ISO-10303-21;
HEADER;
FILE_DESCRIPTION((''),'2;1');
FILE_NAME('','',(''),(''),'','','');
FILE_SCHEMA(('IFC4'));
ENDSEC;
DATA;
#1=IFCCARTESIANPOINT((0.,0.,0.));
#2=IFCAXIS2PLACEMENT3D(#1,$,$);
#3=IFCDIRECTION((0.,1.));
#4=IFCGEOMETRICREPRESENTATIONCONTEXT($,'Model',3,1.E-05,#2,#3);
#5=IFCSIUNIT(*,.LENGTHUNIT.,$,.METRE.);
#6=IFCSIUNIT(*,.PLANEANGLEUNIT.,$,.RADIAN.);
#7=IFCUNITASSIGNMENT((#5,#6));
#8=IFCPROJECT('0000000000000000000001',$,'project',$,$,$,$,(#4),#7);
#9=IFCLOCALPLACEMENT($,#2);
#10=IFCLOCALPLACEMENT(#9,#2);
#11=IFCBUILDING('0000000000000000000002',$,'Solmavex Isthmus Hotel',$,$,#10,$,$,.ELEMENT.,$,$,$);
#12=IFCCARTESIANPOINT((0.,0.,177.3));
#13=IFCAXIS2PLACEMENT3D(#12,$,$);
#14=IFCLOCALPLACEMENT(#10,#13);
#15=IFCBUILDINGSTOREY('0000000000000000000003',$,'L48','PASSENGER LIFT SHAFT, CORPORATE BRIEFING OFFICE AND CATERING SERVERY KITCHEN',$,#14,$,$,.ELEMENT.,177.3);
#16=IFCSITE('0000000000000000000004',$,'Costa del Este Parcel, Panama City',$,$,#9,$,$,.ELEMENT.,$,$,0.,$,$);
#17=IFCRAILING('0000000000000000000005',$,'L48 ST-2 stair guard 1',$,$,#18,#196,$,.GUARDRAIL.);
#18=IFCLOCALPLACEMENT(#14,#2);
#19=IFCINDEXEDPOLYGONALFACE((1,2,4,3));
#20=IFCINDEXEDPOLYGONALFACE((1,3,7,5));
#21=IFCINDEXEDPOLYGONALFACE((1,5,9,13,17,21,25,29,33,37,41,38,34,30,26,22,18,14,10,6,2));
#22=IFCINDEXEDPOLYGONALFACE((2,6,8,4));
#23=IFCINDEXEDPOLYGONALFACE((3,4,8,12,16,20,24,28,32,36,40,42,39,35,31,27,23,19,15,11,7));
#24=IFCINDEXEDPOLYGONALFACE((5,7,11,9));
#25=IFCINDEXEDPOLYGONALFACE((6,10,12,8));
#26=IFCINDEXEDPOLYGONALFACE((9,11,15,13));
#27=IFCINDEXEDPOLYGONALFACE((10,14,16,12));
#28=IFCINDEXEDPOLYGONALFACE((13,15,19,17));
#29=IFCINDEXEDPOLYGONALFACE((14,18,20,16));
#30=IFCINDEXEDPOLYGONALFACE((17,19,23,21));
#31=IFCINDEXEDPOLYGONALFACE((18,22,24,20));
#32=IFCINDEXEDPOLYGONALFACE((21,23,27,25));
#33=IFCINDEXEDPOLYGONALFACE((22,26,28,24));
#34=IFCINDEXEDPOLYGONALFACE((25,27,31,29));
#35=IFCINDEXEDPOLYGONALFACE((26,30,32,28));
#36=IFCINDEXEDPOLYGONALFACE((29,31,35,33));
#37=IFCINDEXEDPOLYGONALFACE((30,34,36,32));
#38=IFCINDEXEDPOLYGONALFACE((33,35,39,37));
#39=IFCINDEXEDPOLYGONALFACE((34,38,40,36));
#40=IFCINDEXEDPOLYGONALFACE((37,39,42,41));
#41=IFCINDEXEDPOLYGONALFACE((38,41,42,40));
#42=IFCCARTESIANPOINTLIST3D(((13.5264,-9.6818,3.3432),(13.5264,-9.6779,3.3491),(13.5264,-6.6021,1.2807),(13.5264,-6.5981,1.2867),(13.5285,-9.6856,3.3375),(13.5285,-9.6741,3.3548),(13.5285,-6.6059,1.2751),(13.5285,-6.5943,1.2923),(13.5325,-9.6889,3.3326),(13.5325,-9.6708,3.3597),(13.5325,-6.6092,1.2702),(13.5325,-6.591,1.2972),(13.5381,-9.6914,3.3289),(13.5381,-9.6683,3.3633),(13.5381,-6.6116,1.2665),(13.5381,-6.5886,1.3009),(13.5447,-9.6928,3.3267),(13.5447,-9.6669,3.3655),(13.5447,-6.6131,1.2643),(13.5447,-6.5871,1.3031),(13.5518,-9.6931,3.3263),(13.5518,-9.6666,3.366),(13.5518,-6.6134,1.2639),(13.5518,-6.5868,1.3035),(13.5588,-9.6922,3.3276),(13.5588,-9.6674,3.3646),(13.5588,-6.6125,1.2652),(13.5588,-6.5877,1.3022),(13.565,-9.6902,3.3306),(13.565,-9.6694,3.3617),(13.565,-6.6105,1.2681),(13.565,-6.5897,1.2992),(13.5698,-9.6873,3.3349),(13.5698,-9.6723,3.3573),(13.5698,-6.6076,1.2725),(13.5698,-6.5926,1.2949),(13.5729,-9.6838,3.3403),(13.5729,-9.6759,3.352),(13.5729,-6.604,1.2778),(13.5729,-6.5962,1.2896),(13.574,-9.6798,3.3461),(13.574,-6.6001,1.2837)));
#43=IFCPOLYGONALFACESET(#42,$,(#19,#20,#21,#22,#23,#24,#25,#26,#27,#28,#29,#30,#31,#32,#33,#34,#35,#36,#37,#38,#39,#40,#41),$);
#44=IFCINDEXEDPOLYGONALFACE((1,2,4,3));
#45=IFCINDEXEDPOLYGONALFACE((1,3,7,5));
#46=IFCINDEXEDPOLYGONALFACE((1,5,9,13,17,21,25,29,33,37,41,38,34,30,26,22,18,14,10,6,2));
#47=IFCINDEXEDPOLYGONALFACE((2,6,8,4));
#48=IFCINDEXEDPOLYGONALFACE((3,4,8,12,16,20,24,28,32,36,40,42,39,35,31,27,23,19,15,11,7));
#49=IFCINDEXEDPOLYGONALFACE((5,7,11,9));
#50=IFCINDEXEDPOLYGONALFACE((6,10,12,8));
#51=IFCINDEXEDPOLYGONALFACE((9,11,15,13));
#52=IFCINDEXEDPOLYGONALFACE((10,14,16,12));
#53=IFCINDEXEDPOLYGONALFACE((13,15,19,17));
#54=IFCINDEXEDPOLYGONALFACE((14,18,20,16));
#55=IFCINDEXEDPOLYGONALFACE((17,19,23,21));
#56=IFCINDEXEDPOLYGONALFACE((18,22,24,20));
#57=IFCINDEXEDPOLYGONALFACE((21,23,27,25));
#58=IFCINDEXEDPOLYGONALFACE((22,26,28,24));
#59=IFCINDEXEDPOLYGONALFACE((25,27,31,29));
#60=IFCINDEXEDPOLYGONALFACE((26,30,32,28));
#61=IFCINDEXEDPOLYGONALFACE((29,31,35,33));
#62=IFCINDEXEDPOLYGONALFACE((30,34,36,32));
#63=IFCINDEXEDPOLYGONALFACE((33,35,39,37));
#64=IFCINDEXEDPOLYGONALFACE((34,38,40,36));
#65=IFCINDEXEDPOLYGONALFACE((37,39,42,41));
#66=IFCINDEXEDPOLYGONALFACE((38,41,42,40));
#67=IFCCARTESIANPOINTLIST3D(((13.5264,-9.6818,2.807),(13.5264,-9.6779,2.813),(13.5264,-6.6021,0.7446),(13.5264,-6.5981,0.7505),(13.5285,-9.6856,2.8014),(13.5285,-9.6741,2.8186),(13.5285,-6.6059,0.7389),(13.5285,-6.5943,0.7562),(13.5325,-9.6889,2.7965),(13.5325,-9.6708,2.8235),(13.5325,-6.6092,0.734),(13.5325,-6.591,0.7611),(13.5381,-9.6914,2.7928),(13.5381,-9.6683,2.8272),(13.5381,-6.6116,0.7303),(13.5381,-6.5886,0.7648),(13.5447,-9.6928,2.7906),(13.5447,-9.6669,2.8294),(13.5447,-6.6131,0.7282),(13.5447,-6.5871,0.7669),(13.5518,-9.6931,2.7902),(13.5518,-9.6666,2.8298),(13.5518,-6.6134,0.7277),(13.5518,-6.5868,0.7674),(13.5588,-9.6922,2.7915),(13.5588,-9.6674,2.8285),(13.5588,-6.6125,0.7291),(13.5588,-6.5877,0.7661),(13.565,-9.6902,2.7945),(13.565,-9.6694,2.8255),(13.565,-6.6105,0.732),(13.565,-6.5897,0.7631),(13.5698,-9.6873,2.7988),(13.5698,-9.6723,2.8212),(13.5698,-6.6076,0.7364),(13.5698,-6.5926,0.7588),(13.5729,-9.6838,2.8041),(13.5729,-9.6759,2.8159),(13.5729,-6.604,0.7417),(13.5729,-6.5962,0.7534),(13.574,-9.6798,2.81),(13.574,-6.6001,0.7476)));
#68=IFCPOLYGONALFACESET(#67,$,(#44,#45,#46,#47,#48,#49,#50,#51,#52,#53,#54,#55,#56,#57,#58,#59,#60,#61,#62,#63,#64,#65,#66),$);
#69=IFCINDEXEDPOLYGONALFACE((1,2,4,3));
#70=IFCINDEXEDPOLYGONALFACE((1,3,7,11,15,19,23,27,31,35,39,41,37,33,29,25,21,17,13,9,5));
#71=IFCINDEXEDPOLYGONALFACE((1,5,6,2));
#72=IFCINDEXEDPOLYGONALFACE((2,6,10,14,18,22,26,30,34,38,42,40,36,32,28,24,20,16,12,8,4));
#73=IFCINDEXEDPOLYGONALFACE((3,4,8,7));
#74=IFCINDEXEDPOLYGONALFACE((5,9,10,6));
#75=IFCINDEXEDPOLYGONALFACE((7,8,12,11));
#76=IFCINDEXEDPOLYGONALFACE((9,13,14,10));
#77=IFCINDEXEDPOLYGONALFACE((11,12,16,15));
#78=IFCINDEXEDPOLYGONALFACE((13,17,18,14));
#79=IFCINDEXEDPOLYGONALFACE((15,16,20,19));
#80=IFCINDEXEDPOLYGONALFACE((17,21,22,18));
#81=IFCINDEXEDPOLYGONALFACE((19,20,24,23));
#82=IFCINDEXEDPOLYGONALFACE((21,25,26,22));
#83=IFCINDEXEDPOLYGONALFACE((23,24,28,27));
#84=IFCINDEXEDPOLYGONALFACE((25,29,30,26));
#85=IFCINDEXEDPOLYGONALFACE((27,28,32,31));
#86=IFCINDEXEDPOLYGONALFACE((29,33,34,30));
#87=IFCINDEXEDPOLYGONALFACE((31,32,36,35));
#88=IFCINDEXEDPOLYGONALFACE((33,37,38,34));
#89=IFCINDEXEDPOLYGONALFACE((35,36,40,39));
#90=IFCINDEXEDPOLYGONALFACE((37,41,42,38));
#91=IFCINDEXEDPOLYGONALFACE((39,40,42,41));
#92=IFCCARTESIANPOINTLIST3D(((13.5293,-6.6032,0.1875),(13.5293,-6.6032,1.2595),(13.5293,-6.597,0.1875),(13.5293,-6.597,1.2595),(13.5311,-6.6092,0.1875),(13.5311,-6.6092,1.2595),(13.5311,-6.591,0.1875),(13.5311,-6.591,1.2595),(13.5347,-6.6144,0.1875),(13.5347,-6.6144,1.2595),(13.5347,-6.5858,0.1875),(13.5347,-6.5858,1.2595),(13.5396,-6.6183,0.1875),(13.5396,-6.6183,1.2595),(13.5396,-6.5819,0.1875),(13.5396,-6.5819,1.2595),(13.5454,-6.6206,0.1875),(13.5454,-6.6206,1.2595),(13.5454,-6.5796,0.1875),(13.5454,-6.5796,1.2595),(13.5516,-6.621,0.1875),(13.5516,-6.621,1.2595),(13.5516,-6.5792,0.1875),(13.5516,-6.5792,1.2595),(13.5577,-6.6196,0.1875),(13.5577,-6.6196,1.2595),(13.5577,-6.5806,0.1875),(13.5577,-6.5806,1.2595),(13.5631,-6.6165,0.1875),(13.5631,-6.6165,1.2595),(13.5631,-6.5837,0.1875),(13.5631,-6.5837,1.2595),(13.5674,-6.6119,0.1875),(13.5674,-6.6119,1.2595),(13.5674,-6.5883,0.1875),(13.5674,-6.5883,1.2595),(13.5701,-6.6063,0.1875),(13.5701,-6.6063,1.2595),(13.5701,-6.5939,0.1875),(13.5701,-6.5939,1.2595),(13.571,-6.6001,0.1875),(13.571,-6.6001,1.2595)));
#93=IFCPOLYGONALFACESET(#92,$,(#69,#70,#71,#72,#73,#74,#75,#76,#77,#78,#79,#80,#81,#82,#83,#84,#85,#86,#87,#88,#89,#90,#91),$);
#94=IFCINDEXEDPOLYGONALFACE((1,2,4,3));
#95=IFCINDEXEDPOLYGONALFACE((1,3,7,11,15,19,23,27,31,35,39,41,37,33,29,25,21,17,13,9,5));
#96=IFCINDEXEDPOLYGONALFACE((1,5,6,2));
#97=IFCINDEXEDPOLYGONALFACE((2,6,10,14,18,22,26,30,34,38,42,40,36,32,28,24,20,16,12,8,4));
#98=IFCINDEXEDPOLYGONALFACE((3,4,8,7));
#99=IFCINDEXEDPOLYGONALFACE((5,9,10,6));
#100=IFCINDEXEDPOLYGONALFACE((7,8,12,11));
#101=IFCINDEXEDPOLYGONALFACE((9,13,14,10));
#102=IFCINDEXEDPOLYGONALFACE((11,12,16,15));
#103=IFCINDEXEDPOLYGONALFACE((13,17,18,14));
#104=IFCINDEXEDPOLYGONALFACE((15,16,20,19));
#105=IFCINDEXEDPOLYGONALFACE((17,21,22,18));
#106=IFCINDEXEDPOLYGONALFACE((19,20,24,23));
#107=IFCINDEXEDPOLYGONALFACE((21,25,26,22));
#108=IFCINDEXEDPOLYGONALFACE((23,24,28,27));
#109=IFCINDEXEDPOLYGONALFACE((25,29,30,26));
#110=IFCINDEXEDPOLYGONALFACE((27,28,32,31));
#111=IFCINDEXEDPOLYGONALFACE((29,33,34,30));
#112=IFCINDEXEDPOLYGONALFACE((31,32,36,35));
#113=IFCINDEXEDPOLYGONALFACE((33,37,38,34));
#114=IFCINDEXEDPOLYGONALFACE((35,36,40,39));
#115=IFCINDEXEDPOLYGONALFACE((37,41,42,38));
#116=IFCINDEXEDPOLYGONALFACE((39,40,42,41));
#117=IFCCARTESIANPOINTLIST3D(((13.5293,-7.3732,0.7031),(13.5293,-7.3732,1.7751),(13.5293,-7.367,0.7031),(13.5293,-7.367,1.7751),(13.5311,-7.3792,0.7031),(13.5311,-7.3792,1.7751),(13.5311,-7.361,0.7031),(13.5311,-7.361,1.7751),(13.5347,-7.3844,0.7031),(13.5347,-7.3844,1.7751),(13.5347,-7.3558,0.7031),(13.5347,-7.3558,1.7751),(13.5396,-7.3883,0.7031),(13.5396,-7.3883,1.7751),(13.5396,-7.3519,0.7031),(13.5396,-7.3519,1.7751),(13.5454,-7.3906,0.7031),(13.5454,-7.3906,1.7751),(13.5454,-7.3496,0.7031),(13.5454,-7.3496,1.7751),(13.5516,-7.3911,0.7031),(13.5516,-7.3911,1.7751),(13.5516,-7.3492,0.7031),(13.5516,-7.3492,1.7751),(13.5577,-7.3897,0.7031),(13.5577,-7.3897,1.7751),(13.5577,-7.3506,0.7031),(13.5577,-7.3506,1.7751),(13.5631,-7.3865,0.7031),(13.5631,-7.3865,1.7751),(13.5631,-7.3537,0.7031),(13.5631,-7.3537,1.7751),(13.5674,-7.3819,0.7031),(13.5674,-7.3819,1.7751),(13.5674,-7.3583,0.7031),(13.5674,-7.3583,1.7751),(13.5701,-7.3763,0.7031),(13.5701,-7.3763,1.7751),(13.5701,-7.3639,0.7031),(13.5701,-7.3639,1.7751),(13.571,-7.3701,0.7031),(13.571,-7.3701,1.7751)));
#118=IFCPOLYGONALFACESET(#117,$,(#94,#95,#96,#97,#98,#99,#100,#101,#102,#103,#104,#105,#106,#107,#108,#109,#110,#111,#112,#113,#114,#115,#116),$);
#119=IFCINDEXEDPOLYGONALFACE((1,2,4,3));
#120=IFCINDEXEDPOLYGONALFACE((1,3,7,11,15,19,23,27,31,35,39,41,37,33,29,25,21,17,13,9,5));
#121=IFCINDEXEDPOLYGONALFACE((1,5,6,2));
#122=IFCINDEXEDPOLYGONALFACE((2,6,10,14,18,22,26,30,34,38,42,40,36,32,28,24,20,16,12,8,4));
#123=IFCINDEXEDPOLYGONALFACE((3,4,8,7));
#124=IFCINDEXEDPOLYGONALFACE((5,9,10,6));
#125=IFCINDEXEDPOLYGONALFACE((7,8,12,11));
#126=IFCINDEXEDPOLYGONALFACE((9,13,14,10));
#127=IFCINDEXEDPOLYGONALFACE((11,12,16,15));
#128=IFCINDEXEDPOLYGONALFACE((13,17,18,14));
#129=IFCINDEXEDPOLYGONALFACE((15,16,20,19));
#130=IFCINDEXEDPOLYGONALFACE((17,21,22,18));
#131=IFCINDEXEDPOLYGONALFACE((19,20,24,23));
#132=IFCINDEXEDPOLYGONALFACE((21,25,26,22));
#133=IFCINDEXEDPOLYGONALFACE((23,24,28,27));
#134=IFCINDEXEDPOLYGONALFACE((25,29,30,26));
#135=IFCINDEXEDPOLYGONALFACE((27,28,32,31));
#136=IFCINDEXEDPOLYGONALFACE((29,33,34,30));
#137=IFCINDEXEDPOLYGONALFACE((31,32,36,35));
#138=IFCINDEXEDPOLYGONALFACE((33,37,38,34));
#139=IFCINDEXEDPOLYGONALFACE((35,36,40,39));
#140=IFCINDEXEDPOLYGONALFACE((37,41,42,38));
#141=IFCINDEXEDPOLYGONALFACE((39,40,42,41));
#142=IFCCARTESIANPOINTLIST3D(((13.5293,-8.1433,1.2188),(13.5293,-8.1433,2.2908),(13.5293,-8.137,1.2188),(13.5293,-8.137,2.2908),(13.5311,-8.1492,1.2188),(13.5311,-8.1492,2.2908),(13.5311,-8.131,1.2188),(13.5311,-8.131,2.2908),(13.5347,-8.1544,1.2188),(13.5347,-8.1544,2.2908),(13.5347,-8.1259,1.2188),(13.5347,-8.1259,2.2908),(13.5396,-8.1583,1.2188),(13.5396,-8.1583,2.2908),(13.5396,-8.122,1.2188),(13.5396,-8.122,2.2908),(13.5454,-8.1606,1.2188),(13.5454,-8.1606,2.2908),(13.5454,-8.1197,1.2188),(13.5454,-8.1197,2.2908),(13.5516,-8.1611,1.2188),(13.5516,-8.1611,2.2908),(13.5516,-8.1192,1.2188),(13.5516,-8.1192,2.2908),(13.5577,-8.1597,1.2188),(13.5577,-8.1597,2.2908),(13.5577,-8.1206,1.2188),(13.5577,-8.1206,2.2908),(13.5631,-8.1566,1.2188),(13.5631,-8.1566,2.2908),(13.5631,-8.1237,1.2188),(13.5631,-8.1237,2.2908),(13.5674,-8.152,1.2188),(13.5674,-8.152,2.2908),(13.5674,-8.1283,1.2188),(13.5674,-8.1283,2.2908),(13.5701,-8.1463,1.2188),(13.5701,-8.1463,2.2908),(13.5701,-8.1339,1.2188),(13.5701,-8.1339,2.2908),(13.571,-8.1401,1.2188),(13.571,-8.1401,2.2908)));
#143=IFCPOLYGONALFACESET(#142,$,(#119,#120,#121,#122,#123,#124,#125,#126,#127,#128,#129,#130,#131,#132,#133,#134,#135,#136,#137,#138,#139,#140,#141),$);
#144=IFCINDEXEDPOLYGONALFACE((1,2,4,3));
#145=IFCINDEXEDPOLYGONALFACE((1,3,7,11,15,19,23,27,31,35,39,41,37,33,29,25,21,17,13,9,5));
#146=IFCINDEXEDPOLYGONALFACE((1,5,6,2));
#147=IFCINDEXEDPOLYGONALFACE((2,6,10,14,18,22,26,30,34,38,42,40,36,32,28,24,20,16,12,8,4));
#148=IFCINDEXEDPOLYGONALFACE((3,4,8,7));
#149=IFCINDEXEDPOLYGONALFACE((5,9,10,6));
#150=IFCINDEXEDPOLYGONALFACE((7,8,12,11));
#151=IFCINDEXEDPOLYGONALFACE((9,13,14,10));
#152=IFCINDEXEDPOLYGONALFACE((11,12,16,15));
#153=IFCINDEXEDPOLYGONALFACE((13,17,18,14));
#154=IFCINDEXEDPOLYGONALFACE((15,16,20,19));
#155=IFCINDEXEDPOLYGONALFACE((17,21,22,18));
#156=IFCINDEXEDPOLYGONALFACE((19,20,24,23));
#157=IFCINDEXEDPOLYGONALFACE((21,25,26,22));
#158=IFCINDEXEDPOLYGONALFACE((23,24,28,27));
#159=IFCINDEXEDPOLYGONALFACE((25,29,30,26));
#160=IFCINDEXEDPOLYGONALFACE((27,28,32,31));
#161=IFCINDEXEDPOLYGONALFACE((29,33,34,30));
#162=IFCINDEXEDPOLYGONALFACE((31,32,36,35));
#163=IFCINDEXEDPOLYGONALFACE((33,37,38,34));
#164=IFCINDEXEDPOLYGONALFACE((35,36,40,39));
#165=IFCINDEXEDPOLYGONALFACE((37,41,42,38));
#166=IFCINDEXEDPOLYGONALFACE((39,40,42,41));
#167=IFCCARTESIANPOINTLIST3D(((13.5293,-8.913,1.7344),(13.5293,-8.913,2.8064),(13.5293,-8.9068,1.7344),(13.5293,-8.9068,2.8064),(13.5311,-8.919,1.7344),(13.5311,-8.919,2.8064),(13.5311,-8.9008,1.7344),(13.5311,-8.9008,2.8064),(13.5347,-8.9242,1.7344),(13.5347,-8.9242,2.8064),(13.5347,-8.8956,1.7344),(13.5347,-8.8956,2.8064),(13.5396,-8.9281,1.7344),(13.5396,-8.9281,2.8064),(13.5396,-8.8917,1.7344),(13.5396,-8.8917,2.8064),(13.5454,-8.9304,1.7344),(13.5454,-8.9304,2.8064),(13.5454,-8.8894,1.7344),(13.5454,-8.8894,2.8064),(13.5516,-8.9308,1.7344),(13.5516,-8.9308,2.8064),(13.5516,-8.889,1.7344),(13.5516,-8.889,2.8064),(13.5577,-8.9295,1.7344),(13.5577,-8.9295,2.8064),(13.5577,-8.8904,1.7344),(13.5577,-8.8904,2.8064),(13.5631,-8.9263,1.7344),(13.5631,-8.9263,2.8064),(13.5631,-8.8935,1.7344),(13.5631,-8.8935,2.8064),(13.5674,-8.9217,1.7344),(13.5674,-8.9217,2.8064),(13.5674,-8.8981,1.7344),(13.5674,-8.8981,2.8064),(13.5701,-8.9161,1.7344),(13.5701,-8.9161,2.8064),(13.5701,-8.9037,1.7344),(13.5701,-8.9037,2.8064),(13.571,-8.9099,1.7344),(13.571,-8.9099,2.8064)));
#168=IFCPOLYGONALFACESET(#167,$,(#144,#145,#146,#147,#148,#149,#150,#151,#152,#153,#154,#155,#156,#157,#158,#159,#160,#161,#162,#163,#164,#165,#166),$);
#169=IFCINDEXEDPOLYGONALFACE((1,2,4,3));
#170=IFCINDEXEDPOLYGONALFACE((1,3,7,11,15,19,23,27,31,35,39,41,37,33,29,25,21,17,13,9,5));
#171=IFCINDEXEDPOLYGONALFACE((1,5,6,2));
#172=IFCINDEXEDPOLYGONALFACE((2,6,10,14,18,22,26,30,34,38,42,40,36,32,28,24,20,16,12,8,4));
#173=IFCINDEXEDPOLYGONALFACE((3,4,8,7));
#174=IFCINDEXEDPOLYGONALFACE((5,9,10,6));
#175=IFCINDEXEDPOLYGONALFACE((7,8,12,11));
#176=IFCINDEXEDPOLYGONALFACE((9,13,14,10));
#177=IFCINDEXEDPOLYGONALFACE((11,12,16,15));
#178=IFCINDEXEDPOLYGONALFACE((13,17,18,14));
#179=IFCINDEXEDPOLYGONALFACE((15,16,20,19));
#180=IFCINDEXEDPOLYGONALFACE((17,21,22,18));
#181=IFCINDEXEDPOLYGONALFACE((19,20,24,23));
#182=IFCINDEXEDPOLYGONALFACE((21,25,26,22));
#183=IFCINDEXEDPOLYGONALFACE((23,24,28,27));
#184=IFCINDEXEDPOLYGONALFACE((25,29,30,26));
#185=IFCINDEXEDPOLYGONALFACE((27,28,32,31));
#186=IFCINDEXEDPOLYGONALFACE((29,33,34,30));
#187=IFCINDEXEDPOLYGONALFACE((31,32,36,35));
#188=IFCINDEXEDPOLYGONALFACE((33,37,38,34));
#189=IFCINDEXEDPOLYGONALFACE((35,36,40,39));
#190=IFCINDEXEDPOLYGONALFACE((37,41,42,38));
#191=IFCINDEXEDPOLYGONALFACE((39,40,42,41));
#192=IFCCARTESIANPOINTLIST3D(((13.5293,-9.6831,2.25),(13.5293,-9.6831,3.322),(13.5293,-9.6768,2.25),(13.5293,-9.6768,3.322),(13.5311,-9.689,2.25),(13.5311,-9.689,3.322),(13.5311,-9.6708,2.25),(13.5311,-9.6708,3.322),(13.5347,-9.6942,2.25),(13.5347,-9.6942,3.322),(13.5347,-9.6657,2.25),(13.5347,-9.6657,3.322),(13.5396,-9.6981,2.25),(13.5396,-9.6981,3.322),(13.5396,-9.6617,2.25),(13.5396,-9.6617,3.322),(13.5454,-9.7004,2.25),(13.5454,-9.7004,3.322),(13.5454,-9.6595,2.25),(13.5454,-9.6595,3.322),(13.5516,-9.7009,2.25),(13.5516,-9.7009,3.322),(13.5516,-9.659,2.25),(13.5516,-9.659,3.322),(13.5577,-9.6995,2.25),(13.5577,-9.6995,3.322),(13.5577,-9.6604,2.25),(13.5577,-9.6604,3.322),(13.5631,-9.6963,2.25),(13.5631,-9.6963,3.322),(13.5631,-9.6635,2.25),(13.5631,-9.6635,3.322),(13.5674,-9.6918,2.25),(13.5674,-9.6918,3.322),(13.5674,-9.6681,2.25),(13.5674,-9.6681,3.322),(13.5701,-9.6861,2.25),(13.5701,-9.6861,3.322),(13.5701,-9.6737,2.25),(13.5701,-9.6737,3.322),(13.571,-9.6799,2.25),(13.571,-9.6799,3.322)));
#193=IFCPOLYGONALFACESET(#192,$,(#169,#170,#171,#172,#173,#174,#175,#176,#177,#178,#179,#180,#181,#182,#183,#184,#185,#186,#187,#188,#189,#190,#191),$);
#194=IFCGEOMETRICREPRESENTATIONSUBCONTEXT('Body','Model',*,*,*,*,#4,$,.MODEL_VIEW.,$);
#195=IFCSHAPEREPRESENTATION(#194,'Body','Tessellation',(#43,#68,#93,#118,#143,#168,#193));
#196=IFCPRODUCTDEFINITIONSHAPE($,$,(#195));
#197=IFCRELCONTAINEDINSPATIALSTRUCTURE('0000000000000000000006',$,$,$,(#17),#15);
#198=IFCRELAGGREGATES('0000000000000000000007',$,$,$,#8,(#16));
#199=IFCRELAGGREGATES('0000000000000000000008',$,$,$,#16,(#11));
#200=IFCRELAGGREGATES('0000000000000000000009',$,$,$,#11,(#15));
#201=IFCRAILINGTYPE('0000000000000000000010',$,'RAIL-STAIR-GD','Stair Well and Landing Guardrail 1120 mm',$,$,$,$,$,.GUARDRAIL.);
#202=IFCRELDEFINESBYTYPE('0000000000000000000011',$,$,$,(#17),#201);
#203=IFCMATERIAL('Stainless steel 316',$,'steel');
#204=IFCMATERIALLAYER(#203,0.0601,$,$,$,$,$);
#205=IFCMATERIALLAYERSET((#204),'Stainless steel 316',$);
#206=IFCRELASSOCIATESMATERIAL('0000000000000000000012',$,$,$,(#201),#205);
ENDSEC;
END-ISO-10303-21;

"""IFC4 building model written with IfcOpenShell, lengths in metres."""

from ifc_helpers import new_model, si_unit, direction, frame, origin, origin_2d, place, context, subcontext, project, spatial, circle, extrude, material, layer, layer_set, type_object, element, save


model = new_model("IFC4")

# Units and contexts
model_context = context("Model", 3, precision=1e-05, world=origin(), true_north=direction((0.0, 1.0)))
body_context = subcontext(model_context, "Body", "Model", "MODEL_VIEW")
ifc_project = project(units=[si_unit("LENGTHUNIT", "METRE"), si_unit("PLANEANGLEUNIT", "RADIAN")], contexts=[model_context])

# Site, building, storey
site_placement = place(None, origin())
site = spatial("IfcSite", under=ifc_project, at=site_placement, Name="Costa del Este Parcel, Panama City", CompositionType="ELEMENT", RefElevation=0.0)
building_placement = place(site_placement, origin())
building = spatial("IfcBuilding", under=site, at=building_placement, Name="Solmavex Isthmus Hotel", CompositionType="ELEMENT")
storey_placement = place(building_placement, frame((0.0, 0.0, 177.3)))
storey = spatial("IfcBuildingStorey", under=building, at=storey_placement, Name="L48", Description="PASSENGER LIFT SHAFT, CORPORATE BRIEFING OFFICE AND CATERING SERVERY KITCHEN", CompositionType="ELEMENT", Elevation=177.3)

# Shared definitions
ifc_material_1 = material(Name="Stainless steel 316", Category="steel")

# Railing
ifc_layer_1 = layer(ifc_material_1, 0.0601)
ifc_layer_set_1 = layer_set([ifc_layer_1], Name="Stainless steel 316")
railing_type_1 = type_object("IfcRailingType", Name="RAIL-STAIR-GD", Description="Stair Well and Landing Guardrail 1120 mm", PredefinedType="GUARDRAIL", material=ifc_layer_set_1)
railing_1_placement = place(storey_placement, frame((13.55, -6.6001, 0.1875)))
element("IfcRailing", 1, at=railing_1_placement, inside=storey, type_object=railing_type_1, Name="L48 ST-2 stair guard 1", PredefinedType="GUARDRAIL", context=body_context, shape_type="SweptSolid", body=[
    extrude(circle(Radius=0.0239, at=origin_2d()), frame((0.0, 0.0, 1.0962), z_axis=(0.0, -0.830893, 0.556432), x_axis=(1.0, 0.0, 0.0)), (0.0, 0.0, 1.0), 3.7065),
    extrude(circle(Radius=0.0239, at=origin_2d()), frame((0.0, 0.0, 0.5601), z_axis=(0.0, -0.830893, 0.556432), x_axis=(1.0, 0.0, 0.0)), (0.0, 0.0, 1.0), 3.7065),
    extrude(circle(Radius=0.021, at=origin_2d()), origin(), (0.0, 0.0, 1.0), 1.072),
    extrude(circle(Radius=0.021, at=origin_2d()), frame((0.0, -0.77, 0.5156)), (0.0, 0.0, 1.0), 1.072),
    extrude(circle(Radius=0.021, at=origin_2d()), frame((0.0, -1.54, 1.0312)), (0.0, 0.0, 1.0), 1.072),
    extrude(circle(Radius=0.021, at=origin_2d()), frame((0.0, -2.3098, 1.5469)), (0.0, 0.0, 1.0), 1.072),
    extrude(circle(Radius=0.021, at=origin_2d()), frame((0.0, -3.0798, 2.0625)), (0.0, 0.0, 1.0), 1.072),
])

save(model, "model.ifc")
